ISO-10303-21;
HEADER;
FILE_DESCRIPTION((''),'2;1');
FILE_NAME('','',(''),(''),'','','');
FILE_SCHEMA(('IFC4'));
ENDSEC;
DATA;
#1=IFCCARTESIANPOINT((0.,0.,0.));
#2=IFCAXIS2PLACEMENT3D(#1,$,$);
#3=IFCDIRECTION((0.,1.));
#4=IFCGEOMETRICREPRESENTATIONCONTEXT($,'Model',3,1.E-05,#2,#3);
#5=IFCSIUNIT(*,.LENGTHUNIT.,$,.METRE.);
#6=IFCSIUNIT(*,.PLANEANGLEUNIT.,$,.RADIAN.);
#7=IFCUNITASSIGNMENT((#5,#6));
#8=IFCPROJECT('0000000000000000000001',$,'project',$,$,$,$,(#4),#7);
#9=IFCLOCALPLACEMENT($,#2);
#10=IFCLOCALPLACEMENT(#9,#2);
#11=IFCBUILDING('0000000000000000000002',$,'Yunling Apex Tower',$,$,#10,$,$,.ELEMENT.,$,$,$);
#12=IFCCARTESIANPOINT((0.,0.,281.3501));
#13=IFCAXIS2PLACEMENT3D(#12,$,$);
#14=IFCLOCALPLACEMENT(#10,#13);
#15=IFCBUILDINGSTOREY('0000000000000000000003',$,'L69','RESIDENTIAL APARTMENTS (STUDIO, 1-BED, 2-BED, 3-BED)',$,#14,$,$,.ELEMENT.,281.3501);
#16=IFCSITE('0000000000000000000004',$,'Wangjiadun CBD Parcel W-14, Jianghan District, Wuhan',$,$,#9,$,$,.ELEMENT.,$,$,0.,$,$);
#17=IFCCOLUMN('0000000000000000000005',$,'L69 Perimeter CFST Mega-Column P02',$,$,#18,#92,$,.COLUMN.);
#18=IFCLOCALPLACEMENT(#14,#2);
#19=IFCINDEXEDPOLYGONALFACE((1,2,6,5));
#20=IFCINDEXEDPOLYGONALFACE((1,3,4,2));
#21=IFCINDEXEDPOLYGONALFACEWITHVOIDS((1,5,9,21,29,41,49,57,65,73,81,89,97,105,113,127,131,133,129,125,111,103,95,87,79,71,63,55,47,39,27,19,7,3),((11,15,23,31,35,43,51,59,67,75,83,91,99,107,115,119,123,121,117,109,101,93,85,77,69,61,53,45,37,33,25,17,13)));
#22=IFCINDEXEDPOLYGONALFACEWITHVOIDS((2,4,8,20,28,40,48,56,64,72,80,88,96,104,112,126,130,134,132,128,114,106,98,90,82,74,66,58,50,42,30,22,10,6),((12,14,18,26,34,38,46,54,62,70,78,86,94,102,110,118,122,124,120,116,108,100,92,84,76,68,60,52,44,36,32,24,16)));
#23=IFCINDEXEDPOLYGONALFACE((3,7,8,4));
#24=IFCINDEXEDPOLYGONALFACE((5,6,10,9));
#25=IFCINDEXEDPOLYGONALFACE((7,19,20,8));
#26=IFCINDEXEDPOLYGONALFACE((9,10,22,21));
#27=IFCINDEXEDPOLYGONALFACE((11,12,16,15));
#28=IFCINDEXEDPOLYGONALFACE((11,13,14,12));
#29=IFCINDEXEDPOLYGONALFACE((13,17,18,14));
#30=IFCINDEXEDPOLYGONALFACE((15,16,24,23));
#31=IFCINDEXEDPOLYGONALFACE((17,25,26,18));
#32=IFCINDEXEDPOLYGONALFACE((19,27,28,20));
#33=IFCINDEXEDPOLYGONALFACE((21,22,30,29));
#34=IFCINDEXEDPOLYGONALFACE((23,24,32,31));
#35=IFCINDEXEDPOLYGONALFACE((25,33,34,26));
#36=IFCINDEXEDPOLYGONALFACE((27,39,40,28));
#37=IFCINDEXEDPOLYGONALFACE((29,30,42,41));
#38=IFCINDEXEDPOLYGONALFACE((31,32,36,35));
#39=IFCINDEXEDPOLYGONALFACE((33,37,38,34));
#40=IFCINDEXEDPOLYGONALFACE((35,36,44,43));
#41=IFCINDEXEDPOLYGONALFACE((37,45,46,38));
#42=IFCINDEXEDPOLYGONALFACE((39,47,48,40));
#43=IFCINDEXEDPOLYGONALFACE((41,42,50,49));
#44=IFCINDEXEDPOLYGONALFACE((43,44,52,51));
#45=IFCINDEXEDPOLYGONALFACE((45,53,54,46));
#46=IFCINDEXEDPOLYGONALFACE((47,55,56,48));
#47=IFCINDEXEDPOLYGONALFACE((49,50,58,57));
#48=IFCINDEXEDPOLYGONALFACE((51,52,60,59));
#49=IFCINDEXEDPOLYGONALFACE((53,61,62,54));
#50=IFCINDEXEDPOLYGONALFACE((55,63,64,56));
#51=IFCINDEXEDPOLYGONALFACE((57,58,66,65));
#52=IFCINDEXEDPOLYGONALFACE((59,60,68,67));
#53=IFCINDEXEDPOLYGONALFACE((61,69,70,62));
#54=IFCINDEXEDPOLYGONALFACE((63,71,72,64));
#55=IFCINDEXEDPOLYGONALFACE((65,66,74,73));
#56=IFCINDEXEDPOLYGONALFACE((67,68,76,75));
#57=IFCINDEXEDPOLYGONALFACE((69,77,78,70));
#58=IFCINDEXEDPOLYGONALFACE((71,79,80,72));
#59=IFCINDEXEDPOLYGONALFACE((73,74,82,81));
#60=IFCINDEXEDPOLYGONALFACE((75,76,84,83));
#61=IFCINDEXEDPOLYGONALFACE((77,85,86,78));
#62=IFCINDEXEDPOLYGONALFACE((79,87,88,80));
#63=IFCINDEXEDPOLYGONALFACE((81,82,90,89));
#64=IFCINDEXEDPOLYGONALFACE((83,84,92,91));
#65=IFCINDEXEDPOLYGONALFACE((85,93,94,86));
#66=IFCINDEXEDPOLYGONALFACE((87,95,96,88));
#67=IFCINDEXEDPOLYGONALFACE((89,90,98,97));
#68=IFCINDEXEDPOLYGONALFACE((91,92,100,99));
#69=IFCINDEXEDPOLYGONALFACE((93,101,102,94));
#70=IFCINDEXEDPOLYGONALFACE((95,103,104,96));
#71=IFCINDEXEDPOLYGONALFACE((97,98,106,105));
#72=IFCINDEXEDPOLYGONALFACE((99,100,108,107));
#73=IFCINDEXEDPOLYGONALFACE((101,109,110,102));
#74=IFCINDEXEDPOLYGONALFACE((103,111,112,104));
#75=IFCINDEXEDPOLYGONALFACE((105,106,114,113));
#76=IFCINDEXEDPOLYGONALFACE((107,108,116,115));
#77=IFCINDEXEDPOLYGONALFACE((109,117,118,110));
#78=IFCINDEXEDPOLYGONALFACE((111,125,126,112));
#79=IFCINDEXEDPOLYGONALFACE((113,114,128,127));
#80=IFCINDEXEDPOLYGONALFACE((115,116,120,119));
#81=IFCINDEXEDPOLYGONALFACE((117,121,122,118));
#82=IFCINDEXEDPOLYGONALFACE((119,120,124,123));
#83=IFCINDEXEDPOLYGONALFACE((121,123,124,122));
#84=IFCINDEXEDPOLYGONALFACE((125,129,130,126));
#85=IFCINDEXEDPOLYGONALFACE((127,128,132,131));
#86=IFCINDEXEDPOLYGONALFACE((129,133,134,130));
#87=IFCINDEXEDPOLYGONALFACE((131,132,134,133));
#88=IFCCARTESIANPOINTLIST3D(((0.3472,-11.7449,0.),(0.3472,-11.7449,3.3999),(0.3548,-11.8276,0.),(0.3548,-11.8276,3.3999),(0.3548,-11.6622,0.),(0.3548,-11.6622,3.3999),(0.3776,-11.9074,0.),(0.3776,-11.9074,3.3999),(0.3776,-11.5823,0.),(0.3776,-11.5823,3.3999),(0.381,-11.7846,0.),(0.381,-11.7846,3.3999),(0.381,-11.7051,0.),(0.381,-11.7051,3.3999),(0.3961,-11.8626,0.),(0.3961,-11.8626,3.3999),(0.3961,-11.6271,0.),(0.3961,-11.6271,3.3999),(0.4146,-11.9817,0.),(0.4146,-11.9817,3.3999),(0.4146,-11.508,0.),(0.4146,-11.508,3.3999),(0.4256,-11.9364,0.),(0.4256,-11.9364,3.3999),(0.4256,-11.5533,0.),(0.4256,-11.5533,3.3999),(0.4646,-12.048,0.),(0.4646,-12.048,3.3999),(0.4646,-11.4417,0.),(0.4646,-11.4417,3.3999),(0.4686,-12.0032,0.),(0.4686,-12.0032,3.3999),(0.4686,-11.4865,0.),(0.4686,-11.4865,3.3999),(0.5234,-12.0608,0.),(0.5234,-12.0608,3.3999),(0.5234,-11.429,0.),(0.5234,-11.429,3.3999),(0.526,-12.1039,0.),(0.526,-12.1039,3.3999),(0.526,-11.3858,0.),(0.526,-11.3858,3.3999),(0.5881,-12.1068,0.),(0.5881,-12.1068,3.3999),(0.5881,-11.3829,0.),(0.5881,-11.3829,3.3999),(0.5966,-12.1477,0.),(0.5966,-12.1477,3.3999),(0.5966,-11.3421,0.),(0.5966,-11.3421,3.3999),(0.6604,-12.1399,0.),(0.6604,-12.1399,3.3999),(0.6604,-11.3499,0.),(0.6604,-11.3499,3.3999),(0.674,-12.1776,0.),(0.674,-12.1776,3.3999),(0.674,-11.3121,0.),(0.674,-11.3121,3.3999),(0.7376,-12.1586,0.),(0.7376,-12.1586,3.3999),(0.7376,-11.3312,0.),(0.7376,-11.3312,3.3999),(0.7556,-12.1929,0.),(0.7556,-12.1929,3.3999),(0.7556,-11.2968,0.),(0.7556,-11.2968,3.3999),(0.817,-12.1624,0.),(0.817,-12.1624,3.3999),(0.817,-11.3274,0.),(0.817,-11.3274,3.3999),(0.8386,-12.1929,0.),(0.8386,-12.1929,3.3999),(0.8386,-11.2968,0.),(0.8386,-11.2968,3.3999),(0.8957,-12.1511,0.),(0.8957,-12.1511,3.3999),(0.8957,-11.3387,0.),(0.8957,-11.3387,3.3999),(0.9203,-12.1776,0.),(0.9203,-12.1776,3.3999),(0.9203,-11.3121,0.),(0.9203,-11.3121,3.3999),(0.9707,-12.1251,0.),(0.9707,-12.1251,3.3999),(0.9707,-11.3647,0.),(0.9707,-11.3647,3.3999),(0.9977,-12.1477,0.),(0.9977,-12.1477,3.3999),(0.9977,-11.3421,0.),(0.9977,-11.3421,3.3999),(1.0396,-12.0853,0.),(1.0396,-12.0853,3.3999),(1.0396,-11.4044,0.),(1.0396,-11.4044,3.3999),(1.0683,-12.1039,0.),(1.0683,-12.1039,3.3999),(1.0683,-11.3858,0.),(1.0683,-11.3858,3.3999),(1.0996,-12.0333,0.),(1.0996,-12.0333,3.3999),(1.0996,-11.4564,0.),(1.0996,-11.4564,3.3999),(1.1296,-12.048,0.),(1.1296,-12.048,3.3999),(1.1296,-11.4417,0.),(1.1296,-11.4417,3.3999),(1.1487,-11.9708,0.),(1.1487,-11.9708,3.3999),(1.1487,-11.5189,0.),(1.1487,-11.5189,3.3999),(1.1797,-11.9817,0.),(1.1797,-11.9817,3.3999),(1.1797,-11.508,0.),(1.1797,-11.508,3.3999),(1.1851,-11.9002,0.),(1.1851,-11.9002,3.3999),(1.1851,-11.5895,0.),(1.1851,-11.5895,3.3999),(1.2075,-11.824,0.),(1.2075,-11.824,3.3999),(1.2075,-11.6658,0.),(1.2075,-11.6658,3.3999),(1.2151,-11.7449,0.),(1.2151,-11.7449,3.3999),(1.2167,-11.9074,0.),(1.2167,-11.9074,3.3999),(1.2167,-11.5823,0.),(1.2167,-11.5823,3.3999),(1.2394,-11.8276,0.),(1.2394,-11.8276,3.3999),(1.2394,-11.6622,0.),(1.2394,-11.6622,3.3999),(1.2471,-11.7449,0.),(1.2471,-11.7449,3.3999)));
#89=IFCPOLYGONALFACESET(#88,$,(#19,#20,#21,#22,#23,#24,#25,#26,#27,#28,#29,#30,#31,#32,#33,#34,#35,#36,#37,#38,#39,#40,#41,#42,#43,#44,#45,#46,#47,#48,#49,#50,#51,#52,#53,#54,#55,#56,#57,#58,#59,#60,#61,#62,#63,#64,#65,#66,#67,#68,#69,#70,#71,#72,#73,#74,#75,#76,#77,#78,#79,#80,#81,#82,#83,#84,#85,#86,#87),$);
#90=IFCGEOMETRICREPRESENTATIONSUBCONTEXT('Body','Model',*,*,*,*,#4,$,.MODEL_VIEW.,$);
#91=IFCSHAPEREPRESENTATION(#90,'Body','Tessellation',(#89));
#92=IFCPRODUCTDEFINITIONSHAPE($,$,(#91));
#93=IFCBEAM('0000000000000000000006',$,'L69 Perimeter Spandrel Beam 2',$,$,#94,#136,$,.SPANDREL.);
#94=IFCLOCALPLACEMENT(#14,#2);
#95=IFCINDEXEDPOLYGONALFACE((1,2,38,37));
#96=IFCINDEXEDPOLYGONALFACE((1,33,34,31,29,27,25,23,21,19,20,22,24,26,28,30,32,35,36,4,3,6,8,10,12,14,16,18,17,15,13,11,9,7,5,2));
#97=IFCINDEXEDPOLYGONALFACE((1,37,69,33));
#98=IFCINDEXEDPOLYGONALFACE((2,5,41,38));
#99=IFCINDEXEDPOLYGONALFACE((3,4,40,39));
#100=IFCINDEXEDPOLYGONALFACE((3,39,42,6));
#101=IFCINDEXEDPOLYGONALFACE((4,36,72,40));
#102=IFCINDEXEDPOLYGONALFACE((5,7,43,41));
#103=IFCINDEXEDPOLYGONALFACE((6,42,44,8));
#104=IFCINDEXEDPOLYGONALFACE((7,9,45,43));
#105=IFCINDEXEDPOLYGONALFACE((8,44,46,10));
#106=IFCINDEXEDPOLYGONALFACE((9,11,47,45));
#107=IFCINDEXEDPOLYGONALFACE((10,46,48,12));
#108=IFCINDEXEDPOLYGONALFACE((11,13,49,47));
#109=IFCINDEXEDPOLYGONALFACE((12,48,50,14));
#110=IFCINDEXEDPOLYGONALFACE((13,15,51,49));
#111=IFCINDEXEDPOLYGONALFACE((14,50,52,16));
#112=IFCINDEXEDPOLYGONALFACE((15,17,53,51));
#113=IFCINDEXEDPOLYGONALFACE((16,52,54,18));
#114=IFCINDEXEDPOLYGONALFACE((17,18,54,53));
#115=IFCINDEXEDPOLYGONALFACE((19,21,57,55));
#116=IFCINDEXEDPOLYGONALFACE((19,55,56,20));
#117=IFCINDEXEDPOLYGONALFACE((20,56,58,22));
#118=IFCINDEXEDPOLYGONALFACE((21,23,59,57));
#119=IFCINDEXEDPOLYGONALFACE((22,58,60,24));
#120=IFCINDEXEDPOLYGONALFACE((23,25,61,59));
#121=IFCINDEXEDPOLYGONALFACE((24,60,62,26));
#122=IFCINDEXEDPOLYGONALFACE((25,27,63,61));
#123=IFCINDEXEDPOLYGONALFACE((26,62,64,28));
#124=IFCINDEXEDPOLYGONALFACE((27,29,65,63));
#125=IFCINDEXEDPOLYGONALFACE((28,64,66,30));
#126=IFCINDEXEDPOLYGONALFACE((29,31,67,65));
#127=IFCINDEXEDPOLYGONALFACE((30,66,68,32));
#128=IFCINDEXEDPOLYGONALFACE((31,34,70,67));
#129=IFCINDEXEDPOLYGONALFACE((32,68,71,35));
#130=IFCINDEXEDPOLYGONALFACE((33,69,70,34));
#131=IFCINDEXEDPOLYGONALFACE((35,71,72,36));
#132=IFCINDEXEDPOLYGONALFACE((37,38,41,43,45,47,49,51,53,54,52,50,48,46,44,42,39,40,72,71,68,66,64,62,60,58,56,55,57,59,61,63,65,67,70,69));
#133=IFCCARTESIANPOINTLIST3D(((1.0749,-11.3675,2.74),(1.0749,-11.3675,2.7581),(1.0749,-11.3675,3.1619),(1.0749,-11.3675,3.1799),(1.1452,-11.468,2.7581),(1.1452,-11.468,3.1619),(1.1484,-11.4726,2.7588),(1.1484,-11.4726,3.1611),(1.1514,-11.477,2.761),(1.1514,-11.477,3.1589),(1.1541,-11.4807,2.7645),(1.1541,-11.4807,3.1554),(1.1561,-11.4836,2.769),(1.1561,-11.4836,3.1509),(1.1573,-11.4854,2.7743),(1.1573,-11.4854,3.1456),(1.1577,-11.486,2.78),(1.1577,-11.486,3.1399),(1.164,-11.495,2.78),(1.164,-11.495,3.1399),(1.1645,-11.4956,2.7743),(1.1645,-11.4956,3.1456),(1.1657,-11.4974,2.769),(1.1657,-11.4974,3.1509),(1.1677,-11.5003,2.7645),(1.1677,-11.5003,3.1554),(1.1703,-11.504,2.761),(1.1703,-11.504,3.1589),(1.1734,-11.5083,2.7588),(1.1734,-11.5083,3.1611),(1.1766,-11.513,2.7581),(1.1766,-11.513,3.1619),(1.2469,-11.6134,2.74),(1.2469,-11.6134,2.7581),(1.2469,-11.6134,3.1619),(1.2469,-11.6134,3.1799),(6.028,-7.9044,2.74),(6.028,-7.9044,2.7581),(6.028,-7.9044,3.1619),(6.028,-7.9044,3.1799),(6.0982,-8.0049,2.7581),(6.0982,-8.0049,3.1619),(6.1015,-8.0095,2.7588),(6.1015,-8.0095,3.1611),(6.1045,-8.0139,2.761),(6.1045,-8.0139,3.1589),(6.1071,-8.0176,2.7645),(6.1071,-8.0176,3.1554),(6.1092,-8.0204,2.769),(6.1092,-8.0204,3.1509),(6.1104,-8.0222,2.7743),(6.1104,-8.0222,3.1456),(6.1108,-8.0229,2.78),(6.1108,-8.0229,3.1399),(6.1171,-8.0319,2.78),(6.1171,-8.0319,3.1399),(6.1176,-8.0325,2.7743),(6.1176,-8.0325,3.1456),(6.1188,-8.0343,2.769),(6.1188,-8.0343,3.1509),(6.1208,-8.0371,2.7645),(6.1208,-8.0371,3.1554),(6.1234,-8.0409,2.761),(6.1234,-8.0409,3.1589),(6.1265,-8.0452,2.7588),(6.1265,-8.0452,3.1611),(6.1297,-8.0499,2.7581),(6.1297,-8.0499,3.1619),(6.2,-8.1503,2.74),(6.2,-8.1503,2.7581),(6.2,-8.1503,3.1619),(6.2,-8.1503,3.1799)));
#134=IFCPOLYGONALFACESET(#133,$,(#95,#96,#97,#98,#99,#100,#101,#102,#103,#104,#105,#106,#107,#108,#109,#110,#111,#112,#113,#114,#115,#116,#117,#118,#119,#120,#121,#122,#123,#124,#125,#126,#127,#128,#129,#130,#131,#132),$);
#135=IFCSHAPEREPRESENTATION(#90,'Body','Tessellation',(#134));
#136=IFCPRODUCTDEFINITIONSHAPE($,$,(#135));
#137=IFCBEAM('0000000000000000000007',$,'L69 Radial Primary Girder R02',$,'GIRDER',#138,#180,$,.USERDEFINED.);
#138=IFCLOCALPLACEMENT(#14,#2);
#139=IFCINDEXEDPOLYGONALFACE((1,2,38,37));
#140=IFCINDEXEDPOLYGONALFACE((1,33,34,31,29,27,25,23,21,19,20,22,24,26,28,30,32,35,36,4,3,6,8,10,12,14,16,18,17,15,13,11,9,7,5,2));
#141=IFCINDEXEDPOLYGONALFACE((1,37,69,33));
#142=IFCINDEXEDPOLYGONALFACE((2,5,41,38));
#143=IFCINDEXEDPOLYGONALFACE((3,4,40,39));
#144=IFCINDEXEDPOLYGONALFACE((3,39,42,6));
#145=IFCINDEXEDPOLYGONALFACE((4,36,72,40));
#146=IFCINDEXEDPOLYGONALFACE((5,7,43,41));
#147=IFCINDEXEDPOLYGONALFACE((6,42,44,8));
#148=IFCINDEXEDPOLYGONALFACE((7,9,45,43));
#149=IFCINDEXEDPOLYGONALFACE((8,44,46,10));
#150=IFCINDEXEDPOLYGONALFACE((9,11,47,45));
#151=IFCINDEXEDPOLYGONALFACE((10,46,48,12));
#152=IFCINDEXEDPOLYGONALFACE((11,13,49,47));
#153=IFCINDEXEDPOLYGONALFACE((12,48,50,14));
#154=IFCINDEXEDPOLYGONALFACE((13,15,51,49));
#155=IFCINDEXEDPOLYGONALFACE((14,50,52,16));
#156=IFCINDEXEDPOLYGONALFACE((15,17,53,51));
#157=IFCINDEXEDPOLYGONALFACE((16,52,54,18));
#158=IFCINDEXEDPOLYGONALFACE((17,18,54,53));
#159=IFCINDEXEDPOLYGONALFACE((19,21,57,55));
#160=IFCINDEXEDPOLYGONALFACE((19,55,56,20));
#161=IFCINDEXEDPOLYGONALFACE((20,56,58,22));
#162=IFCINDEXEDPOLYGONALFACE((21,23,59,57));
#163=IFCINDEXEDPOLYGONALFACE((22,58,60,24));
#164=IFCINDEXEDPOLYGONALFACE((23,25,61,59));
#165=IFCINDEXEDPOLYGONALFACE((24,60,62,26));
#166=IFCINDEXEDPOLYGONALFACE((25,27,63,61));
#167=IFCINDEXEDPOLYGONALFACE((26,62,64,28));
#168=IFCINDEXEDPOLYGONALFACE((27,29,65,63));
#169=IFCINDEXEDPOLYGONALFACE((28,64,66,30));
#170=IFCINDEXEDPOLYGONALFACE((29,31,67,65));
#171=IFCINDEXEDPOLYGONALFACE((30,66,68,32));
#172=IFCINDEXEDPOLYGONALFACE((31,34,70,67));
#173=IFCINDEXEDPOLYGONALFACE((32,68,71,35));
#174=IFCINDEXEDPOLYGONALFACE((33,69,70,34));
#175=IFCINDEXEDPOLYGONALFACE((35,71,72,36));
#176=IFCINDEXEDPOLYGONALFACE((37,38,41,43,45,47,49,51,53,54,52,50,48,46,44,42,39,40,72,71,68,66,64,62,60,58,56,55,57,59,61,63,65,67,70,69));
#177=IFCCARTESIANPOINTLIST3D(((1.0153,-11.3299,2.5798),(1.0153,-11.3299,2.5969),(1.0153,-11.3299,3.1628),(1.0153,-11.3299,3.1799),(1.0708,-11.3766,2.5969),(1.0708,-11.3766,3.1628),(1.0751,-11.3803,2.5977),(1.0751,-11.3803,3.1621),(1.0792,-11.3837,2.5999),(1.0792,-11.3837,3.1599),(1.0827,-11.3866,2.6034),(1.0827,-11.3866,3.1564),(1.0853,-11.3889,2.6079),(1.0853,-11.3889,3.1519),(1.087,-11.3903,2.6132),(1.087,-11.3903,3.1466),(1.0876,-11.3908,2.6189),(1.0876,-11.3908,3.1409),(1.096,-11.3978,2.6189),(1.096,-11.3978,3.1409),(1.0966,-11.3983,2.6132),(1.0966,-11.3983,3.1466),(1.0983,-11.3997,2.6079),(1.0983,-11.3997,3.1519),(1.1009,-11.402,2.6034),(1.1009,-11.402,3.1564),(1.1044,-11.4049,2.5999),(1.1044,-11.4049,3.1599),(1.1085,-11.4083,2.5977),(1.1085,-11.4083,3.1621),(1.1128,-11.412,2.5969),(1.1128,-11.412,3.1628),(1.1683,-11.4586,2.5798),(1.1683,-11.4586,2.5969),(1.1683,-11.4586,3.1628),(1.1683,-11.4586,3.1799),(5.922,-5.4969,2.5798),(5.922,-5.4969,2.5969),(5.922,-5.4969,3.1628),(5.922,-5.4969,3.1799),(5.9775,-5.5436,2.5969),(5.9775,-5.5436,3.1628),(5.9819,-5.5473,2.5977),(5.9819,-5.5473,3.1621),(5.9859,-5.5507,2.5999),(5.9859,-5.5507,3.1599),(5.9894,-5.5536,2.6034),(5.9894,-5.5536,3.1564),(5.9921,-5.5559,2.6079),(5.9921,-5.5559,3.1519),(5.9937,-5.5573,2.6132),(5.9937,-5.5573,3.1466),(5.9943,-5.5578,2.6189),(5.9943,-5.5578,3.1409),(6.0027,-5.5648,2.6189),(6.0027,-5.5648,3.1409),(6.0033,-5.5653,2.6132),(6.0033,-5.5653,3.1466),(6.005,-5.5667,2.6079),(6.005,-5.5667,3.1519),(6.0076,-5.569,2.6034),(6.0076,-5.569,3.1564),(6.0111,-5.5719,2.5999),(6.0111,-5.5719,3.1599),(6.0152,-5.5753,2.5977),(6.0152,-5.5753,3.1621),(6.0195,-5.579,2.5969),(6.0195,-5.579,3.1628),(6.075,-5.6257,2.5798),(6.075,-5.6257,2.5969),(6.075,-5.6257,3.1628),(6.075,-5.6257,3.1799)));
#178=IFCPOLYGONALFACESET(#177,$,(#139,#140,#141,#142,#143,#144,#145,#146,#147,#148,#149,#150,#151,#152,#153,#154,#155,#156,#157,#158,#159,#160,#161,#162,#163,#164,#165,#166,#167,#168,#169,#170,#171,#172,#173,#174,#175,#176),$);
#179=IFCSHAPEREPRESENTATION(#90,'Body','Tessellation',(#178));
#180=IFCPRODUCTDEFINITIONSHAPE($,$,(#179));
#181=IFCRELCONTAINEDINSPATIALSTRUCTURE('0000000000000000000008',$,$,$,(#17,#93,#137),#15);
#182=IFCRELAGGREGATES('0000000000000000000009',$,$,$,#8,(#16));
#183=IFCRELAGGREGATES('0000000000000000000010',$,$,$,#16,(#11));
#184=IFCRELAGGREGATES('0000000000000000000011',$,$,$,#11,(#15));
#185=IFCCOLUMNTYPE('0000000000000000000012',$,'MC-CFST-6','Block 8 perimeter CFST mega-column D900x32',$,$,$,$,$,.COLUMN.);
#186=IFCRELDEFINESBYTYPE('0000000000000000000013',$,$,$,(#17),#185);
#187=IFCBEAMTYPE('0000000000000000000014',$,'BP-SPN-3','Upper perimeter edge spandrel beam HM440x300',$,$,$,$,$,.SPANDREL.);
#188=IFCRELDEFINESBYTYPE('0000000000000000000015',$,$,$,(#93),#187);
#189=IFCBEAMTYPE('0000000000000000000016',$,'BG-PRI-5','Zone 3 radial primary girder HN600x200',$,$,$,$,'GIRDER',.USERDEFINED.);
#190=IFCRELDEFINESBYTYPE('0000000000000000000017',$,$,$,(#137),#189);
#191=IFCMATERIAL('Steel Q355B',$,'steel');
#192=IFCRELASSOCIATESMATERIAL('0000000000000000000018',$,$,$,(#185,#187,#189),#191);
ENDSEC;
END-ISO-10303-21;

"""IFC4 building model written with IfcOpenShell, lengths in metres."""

from ifc_helpers import new_model, si_unit, direction, frame, origin, origin_2d, place, context, subcontext, project, spatial, hollow_circle, i_section, extrude, source, transform, mapped, material, material_profile, profile_set, type_object, element, save


model = new_model("IFC4")

# Units and contexts
model_context = context("Model", 3, precision=1e-05, world=origin(), true_north=direction((0.0, 1.0)))
body_context = subcontext(model_context, "Body", "Model", "MODEL_VIEW")
ifc_project = project(units=[si_unit("LENGTHUNIT", "METRE"), si_unit("PLANEANGLEUNIT", "RADIAN")], contexts=[model_context])

# Site, building, storey
site_placement = place(None, origin())
site = spatial("IfcSite", under=ifc_project, at=site_placement, Name="Wangjiadun CBD Parcel W-14, Jianghan District, Wuhan", CompositionType="ELEMENT", RefElevation=0.0)
building_placement = place(site_placement, origin())
building = spatial("IfcBuilding", under=site, at=building_placement, Name="Yunling Apex Tower", CompositionType="ELEMENT")
storey_placement = place(building_placement, frame((0.0, 0.0, 281.3501)))
storey = spatial("IfcBuildingStorey", under=building, at=storey_placement, Name="L69", Description="RESIDENTIAL APARTMENTS (STUDIO, 1-BED, 2-BED, 3-BED)", CompositionType="ELEMENT", Elevation=281.3501)

# Column
ifc_material_1 = material(Name="Steel Q355B", Category="steel")
ifc_material_profile_1 = material_profile(ifc_material_1, hollow_circle(Radius=0.45, WallThickness=0.032, at=origin_2d()))
ifc_profile_set_1 = profile_set([ifc_material_profile_1], Name="Steel Q355B")
column_type = type_object("IfcColumnType", Name="MC-CFST-6", Description="Block 8 perimeter CFST mega-column D900x32", PredefinedType="COLUMN", material=ifc_profile_set_1)
shared_shape_1 = source(origin(), body_context, "Body", "SweptSolid", [
    extrude(hollow_circle(Radius=0.45, WallThickness=0.032, at=origin_2d()), origin(), (0.0, 0.0, 1.0), 3.3999),
])
column_placement = place(storey_placement, frame((0.7971, -11.7449, 0.0), z_axis=(0.0, 0.0, 1.0), x_axis=(1.0, 0.0, 0.0)))
element("IfcColumn", 1, at=column_placement, inside=storey, type_object=column_type, Name="L69 Perimeter CFST Mega-Column P02", PredefinedType="COLUMN", context=body_context, shape_type="MappedRepresentation", body=[
    mapped(shared_shape_1, transform((0.0, 0.0, 0.0), scale=1.0)),
])

# Beams
ifc_material_profile_2 = material_profile(ifc_material_1, i_section(OverallWidth=0.3, OverallDepth=0.4399, WebThickness=0.011, FlangeThickness=0.0181, FilletRadius=0.022, at=origin_2d()))
ifc_profile_set_2 = profile_set([ifc_material_profile_2], Name="Steel Q355B")
beam_type_1 = type_object("IfcBeamType", Name="BP-SPN-3", Description="Upper perimeter edge spandrel beam HM440x300", PredefinedType="SPANDREL", material=ifc_profile_set_2)
shared_shape_2 = source(origin(), body_context, "Body", "SweptSolid", [
    extrude(i_section(OverallWidth=0.3, OverallDepth=0.4399, WebThickness=0.011, FlangeThickness=0.0181, FilletRadius=0.022, at=origin_2d()), origin(), (0.0, 0.0, 1.0), 6.0437),
])
beam_1_placement = place(storey_placement, frame((1.1609, -11.4905, 2.96), z_axis=(0.819547, 0.573012, 0.0), x_axis=(-0.573012, 0.819547, 0.0)))
element("IfcBeam", 2, at=beam_1_placement, inside=storey, type_object=beam_type_1, Name="L69 Perimeter Spandrel Beam 2", PredefinedType="SPANDREL", context=body_context, shape_type="MappedRepresentation", body=[
    mapped(shared_shape_2, transform((0.0, 0.0, 0.0), scale=1.0)),
])
ifc_material_profile_3 = material_profile(ifc_material_1, i_section(OverallWidth=0.2, OverallDepth=0.6001, WebThickness=0.011, FlangeThickness=0.0171, FilletRadius=0.022, at=origin_2d()))
ifc_profile_set_3 = profile_set([ifc_material_profile_3], Name="Steel Q355B")
beam_type_2 = type_object("IfcBeamType", Name="BG-PRI-5", Description="Zone 3 radial primary girder HN600x200", ElementType="GIRDER", PredefinedType="USERDEFINED", material=ifc_profile_set_3)
shared_shape_3 = source(origin(), body_context, "Body", "SweptSolid", [
    extrude(i_section(OverallWidth=0.2, OverallDepth=0.6001, WebThickness=0.011, FlangeThickness=0.0171, FilletRadius=0.022, at=origin_2d()), origin(), (0.0, 0.0, 1.0), 7.6223),
])
beam_2_placement = place(storey_placement, frame((1.0918, -11.3943, 2.8799), z_axis=(0.643731, 0.765252, 0.0), x_axis=(-0.765252, 0.643731, 0.0)))
element("IfcBeam", 3, at=beam_2_placement, inside=storey, type_object=beam_type_2, Name="L69 Radial Primary Girder R02", ObjectType="GIRDER", PredefinedType="USERDEFINED", context=body_context, shape_type="MappedRepresentation", body=[
    mapped(shared_shape_3, transform((0.0, 0.0, 0.0), scale=1.0)),
])

save(model, "model.ifc")
